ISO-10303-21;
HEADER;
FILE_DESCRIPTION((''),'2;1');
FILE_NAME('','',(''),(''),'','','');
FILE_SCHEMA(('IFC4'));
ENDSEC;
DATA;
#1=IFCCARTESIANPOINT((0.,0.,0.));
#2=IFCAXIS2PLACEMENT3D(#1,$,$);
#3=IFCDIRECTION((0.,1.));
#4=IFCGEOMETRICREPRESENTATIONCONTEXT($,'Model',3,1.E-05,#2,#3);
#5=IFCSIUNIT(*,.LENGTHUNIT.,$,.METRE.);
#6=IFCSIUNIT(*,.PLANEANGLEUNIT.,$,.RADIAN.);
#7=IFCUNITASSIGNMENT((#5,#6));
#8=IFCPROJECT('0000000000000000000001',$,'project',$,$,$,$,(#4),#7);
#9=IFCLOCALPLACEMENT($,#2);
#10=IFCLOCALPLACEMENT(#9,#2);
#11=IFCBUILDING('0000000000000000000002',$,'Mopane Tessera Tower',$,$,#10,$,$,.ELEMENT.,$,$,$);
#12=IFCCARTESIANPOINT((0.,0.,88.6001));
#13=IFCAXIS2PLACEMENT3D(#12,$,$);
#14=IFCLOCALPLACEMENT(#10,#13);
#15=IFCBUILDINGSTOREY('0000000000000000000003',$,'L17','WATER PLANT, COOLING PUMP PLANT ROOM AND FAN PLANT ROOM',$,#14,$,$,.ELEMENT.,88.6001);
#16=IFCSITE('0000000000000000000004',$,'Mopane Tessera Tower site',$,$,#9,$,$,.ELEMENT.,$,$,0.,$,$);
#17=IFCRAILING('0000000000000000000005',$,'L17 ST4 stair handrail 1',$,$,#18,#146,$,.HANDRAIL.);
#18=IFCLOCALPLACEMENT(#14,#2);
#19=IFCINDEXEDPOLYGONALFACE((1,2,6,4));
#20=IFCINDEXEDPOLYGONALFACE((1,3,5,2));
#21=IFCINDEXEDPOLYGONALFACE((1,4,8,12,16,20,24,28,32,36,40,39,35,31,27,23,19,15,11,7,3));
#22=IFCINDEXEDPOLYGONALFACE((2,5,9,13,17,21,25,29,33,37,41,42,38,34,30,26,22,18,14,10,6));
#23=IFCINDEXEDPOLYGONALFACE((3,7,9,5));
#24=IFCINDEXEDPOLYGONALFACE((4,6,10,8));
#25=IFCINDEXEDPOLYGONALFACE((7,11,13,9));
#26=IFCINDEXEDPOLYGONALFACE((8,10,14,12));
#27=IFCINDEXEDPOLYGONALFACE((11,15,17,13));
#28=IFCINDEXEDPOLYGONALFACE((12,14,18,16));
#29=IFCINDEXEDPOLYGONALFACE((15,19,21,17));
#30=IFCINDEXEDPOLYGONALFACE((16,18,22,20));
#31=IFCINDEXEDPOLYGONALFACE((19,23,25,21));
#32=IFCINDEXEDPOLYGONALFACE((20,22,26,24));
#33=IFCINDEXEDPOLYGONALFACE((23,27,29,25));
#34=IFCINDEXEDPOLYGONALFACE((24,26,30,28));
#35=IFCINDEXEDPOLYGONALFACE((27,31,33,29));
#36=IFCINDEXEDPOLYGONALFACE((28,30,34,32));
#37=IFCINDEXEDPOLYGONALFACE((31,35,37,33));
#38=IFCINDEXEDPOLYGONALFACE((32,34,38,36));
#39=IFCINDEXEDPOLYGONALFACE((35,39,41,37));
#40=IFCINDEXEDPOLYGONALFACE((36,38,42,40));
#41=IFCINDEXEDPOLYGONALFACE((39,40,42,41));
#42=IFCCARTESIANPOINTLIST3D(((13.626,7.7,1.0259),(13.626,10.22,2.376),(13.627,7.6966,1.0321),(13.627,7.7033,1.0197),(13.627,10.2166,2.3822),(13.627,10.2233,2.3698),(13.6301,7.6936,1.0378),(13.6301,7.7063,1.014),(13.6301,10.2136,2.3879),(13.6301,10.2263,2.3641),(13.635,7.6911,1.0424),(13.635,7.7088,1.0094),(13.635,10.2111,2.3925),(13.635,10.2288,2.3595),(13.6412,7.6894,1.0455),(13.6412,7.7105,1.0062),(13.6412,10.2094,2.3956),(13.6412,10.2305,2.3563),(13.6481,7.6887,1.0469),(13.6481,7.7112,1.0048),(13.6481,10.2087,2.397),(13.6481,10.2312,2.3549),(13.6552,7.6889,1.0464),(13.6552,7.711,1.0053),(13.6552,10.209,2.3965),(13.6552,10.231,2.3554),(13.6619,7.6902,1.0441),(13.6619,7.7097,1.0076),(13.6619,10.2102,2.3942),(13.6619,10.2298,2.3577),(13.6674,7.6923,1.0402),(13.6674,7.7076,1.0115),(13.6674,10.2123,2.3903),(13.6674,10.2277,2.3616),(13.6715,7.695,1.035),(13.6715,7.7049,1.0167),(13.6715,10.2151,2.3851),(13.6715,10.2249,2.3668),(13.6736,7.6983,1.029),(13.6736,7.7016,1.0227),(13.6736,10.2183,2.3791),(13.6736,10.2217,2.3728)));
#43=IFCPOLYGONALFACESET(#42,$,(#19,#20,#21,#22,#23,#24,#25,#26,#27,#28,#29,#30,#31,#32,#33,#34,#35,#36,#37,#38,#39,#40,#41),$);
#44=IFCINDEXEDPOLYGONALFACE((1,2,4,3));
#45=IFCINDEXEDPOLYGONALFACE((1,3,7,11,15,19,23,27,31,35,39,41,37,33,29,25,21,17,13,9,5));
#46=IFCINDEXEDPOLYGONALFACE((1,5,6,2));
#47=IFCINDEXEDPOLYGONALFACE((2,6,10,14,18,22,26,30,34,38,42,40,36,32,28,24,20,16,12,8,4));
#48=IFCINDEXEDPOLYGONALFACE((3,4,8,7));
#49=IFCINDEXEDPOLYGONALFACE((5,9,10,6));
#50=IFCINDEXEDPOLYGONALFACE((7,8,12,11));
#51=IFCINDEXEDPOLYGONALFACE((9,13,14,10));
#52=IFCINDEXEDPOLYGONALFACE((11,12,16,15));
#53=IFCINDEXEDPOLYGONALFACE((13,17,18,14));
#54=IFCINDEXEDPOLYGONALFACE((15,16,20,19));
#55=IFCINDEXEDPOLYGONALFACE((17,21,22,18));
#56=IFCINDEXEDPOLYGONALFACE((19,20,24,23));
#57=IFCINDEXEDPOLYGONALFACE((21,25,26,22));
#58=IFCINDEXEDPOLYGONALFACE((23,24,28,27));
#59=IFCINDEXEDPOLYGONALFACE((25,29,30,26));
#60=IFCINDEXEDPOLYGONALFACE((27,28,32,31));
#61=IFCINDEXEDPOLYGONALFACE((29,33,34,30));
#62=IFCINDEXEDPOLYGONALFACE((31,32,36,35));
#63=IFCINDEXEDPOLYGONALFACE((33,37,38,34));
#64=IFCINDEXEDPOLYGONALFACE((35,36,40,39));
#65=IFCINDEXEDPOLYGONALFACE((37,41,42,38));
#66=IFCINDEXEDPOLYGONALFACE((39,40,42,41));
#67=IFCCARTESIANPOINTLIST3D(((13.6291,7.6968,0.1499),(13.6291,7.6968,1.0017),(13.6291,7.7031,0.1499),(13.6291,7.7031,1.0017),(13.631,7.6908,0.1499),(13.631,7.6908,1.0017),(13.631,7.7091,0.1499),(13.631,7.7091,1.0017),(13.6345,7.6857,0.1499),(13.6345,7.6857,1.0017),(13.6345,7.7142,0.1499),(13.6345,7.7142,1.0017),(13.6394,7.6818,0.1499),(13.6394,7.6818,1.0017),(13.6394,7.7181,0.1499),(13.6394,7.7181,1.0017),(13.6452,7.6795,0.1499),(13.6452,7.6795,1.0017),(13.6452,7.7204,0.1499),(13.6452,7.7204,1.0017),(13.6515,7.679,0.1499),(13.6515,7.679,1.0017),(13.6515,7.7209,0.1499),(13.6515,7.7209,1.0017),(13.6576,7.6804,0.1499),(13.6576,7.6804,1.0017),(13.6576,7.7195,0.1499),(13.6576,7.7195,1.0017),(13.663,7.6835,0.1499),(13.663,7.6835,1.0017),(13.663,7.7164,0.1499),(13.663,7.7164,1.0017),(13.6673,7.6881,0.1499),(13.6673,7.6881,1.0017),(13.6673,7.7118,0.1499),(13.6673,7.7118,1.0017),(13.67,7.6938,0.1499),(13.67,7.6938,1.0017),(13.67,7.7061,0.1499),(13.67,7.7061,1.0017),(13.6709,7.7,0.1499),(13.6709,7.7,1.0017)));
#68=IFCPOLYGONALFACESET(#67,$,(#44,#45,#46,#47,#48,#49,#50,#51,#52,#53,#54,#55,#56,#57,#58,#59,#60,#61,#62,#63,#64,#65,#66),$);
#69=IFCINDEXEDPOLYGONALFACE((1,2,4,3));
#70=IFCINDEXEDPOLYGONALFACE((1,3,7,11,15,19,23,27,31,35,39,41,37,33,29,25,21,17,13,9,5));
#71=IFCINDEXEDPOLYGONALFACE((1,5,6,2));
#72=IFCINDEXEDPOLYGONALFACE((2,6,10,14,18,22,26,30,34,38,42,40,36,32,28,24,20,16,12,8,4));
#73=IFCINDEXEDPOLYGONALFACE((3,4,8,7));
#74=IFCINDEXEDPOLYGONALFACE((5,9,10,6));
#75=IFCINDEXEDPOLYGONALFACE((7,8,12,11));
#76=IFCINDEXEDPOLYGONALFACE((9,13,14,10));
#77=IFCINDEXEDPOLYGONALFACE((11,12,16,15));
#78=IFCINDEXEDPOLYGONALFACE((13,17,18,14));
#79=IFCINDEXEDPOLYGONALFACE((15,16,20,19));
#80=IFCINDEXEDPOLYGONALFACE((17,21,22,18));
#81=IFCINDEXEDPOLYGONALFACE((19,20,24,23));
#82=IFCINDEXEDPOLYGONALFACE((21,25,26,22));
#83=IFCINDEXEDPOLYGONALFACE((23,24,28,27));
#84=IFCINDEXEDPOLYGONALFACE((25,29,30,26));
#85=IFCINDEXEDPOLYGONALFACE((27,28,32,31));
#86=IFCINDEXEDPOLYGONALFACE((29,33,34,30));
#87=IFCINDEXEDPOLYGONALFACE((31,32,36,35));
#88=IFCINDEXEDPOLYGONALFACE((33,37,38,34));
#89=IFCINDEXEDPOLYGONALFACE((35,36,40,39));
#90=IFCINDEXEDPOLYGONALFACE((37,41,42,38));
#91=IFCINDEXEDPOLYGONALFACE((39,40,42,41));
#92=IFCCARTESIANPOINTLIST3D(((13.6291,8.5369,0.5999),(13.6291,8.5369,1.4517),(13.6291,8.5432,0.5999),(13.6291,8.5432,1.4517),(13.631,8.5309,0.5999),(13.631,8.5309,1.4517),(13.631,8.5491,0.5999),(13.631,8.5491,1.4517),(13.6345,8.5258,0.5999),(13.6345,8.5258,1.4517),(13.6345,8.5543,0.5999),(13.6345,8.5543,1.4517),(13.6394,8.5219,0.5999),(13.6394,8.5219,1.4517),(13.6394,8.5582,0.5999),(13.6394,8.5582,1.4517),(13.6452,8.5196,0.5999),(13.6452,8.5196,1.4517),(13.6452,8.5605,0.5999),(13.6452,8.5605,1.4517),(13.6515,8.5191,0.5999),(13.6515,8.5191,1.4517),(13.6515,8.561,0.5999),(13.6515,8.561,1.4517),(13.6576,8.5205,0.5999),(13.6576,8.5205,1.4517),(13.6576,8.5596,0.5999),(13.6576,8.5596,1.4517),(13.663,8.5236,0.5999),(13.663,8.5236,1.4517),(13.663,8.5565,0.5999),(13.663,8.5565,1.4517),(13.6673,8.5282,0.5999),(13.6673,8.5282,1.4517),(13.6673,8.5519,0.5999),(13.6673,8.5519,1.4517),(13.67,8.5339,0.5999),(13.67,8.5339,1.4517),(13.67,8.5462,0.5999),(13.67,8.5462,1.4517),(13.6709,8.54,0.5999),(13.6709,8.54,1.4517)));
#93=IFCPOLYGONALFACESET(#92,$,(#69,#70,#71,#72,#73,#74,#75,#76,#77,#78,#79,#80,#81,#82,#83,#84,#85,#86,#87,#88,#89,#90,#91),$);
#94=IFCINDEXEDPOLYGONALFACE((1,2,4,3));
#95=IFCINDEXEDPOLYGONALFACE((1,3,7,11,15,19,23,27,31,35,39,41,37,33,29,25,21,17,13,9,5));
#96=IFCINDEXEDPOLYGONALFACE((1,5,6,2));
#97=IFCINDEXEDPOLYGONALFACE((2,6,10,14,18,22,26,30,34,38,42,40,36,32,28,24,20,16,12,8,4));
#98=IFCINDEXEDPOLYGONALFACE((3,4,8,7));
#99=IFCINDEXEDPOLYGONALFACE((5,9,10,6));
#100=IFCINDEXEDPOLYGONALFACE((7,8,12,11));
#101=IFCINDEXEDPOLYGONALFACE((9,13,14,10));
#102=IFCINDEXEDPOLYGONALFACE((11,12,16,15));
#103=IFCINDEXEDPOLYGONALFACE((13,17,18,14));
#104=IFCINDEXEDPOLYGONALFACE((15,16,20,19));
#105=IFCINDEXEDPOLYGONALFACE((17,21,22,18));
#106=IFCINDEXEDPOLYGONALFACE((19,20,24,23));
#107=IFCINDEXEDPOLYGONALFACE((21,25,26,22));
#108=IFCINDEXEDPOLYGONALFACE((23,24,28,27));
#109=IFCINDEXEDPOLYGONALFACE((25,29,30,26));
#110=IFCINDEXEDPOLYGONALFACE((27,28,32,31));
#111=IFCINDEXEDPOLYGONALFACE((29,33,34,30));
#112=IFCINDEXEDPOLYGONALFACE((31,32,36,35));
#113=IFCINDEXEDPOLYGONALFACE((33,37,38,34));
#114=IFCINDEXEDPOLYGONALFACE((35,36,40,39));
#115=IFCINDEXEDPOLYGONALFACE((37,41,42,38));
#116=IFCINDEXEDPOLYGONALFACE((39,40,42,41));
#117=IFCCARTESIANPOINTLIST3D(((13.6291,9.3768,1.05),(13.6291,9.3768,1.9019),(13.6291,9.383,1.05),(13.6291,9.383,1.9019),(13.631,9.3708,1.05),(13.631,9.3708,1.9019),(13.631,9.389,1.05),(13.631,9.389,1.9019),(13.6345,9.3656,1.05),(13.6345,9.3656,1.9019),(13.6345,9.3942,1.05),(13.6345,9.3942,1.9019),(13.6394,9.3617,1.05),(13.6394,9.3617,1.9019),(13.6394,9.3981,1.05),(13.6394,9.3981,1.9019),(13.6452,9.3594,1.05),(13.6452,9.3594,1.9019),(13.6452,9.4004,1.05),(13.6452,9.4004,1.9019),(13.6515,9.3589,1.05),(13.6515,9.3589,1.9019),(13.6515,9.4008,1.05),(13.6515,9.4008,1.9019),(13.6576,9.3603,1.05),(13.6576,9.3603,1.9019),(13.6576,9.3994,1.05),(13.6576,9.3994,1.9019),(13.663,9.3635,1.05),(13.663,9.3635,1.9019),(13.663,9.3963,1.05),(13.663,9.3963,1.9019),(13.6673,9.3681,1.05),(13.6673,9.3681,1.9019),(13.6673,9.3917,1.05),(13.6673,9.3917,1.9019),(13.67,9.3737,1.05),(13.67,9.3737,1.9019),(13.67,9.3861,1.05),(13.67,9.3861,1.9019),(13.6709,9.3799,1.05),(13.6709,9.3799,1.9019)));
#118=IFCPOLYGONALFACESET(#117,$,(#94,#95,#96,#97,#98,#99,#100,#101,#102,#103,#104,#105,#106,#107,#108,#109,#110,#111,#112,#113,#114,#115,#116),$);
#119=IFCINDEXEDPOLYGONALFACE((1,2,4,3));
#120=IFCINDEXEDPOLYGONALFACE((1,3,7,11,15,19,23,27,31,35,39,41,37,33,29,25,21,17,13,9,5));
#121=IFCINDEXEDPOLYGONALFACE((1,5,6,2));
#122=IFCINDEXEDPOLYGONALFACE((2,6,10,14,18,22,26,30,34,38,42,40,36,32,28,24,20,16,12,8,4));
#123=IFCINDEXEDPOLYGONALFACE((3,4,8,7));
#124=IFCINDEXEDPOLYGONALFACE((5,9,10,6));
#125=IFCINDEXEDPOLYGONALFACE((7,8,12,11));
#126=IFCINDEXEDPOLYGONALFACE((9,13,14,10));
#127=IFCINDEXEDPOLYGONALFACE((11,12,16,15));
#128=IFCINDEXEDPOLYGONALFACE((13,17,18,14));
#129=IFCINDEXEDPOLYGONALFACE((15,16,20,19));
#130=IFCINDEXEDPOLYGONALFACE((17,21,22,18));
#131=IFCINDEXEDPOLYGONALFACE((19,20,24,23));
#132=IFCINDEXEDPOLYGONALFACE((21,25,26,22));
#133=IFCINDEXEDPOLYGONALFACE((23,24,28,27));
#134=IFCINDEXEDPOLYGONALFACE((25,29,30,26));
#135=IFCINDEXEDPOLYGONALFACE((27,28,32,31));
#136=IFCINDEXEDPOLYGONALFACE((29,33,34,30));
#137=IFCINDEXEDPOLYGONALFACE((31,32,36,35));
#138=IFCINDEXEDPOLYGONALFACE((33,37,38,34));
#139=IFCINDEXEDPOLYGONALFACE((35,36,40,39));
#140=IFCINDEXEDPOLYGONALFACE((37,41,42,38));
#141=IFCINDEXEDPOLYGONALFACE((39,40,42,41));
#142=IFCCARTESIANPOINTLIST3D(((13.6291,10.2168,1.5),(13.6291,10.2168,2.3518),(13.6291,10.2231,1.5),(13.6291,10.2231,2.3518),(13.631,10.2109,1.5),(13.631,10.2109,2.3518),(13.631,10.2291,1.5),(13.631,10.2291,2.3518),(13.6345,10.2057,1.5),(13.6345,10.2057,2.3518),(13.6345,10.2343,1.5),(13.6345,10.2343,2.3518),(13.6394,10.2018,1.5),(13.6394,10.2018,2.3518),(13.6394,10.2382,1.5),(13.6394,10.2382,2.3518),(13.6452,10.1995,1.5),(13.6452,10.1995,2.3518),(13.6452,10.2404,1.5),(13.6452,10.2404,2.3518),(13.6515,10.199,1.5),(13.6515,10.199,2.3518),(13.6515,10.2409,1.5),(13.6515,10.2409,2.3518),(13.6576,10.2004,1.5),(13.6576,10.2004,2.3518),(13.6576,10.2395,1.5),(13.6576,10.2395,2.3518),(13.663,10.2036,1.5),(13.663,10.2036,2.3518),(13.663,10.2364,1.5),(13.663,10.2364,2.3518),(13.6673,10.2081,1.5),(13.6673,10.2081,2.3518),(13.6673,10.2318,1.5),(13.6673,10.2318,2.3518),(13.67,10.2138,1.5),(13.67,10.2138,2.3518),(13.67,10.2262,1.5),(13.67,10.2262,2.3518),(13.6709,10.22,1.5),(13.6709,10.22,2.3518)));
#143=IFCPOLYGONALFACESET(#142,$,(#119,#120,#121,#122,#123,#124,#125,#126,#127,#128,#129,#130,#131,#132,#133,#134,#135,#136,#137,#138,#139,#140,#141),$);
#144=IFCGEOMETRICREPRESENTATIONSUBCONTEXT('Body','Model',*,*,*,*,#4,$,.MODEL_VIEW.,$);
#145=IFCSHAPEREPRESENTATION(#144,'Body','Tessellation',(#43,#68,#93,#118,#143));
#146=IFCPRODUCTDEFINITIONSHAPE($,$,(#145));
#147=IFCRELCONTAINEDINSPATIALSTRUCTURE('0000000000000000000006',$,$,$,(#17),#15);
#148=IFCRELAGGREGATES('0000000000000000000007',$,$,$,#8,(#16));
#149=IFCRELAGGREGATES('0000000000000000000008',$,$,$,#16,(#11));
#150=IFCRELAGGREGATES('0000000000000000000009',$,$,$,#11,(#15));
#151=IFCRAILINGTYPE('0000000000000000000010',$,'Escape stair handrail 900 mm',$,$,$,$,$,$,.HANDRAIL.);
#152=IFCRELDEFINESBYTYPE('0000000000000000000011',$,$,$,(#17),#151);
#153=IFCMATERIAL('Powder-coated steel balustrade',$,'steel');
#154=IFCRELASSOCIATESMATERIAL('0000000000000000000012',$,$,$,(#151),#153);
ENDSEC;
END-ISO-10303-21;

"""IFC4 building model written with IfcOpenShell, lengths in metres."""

from ifc_helpers import new_model, si_unit, direction, frame, origin, origin_2d, place, context, subcontext, project, spatial, circle, extrude, material, type_object, element, save


model = new_model("IFC4")

# Units and contexts
model_context = context("Model", 3, precision=1e-05, world=origin(), true_north=direction((0.0, 1.0)))
body_context = subcontext(model_context, "Body", "Model", "MODEL_VIEW")
ifc_project = project(units=[si_unit("LENGTHUNIT", "METRE"), si_unit("PLANEANGLEUNIT", "RADIAN")], contexts=[model_context])

# Site, building, storey
site_placement = place(None, origin())
site = spatial("IfcSite", under=ifc_project, at=site_placement, Name="Mopane Tessera Tower site", CompositionType="ELEMENT", RefElevation=0.0)
building_placement = place(site_placement, origin())
building = spatial("IfcBuilding", under=site, at=building_placement, Name="Mopane Tessera Tower", CompositionType="ELEMENT")
storey_placement = place(building_placement, frame((0.0, 0.0, 88.6001)))
storey = spatial("IfcBuildingStorey", under=building, at=storey_placement, Name="L17", Description="WATER PLANT, COOLING PUMP PLANT ROOM AND FAN PLANT ROOM", CompositionType="ELEMENT", Elevation=88.6001)

# Railing
ifc_material_1 = material(Name="Powder-coated steel balustrade", Category="steel")
railing_type_1 = type_object("IfcRailingType", Name="Escape stair handrail 900 mm", PredefinedType="HANDRAIL", material=ifc_material_1)
railing_1_placement = place(storey_placement, frame((13.6499, 7.7, 0.1499)))
element("IfcRailing", 1, at=railing_1_placement, inside=storey, type_object=railing_type_1, Name="L17 ST4 stair handrail 1", PredefinedType="HANDRAIL", context=body_context, shape_type="SweptSolid", body=[
    extrude(circle(Radius=0.0239, at=origin_2d()), frame((0.0, 0.0, 0.876), z_axis=(0.0, 0.881467, 0.472245), x_axis=(-1.0, 0.0, 0.0)), (0.0, 0.0, 1.0), 2.8589),
    extrude(circle(Radius=0.021, at=origin_2d()), origin(), (0.0, 0.0, 1.0), 0.8518),
    extrude(circle(Radius=0.021, at=origin_2d()), frame((0.0, 0.8401, 0.45)), (0.0, 0.0, 1.0), 0.8518),
    extrude(circle(Radius=0.021, at=origin_2d()), frame((0.0, 1.6799, 0.9001)), (0.0, 0.0, 1.0), 0.8518),
    extrude(circle(Radius=0.021, at=origin_2d()), frame((0.0, 2.52, 1.3501)), (0.0, 0.0, 1.0), 0.8518),
])

save(model, "model.ifc")
